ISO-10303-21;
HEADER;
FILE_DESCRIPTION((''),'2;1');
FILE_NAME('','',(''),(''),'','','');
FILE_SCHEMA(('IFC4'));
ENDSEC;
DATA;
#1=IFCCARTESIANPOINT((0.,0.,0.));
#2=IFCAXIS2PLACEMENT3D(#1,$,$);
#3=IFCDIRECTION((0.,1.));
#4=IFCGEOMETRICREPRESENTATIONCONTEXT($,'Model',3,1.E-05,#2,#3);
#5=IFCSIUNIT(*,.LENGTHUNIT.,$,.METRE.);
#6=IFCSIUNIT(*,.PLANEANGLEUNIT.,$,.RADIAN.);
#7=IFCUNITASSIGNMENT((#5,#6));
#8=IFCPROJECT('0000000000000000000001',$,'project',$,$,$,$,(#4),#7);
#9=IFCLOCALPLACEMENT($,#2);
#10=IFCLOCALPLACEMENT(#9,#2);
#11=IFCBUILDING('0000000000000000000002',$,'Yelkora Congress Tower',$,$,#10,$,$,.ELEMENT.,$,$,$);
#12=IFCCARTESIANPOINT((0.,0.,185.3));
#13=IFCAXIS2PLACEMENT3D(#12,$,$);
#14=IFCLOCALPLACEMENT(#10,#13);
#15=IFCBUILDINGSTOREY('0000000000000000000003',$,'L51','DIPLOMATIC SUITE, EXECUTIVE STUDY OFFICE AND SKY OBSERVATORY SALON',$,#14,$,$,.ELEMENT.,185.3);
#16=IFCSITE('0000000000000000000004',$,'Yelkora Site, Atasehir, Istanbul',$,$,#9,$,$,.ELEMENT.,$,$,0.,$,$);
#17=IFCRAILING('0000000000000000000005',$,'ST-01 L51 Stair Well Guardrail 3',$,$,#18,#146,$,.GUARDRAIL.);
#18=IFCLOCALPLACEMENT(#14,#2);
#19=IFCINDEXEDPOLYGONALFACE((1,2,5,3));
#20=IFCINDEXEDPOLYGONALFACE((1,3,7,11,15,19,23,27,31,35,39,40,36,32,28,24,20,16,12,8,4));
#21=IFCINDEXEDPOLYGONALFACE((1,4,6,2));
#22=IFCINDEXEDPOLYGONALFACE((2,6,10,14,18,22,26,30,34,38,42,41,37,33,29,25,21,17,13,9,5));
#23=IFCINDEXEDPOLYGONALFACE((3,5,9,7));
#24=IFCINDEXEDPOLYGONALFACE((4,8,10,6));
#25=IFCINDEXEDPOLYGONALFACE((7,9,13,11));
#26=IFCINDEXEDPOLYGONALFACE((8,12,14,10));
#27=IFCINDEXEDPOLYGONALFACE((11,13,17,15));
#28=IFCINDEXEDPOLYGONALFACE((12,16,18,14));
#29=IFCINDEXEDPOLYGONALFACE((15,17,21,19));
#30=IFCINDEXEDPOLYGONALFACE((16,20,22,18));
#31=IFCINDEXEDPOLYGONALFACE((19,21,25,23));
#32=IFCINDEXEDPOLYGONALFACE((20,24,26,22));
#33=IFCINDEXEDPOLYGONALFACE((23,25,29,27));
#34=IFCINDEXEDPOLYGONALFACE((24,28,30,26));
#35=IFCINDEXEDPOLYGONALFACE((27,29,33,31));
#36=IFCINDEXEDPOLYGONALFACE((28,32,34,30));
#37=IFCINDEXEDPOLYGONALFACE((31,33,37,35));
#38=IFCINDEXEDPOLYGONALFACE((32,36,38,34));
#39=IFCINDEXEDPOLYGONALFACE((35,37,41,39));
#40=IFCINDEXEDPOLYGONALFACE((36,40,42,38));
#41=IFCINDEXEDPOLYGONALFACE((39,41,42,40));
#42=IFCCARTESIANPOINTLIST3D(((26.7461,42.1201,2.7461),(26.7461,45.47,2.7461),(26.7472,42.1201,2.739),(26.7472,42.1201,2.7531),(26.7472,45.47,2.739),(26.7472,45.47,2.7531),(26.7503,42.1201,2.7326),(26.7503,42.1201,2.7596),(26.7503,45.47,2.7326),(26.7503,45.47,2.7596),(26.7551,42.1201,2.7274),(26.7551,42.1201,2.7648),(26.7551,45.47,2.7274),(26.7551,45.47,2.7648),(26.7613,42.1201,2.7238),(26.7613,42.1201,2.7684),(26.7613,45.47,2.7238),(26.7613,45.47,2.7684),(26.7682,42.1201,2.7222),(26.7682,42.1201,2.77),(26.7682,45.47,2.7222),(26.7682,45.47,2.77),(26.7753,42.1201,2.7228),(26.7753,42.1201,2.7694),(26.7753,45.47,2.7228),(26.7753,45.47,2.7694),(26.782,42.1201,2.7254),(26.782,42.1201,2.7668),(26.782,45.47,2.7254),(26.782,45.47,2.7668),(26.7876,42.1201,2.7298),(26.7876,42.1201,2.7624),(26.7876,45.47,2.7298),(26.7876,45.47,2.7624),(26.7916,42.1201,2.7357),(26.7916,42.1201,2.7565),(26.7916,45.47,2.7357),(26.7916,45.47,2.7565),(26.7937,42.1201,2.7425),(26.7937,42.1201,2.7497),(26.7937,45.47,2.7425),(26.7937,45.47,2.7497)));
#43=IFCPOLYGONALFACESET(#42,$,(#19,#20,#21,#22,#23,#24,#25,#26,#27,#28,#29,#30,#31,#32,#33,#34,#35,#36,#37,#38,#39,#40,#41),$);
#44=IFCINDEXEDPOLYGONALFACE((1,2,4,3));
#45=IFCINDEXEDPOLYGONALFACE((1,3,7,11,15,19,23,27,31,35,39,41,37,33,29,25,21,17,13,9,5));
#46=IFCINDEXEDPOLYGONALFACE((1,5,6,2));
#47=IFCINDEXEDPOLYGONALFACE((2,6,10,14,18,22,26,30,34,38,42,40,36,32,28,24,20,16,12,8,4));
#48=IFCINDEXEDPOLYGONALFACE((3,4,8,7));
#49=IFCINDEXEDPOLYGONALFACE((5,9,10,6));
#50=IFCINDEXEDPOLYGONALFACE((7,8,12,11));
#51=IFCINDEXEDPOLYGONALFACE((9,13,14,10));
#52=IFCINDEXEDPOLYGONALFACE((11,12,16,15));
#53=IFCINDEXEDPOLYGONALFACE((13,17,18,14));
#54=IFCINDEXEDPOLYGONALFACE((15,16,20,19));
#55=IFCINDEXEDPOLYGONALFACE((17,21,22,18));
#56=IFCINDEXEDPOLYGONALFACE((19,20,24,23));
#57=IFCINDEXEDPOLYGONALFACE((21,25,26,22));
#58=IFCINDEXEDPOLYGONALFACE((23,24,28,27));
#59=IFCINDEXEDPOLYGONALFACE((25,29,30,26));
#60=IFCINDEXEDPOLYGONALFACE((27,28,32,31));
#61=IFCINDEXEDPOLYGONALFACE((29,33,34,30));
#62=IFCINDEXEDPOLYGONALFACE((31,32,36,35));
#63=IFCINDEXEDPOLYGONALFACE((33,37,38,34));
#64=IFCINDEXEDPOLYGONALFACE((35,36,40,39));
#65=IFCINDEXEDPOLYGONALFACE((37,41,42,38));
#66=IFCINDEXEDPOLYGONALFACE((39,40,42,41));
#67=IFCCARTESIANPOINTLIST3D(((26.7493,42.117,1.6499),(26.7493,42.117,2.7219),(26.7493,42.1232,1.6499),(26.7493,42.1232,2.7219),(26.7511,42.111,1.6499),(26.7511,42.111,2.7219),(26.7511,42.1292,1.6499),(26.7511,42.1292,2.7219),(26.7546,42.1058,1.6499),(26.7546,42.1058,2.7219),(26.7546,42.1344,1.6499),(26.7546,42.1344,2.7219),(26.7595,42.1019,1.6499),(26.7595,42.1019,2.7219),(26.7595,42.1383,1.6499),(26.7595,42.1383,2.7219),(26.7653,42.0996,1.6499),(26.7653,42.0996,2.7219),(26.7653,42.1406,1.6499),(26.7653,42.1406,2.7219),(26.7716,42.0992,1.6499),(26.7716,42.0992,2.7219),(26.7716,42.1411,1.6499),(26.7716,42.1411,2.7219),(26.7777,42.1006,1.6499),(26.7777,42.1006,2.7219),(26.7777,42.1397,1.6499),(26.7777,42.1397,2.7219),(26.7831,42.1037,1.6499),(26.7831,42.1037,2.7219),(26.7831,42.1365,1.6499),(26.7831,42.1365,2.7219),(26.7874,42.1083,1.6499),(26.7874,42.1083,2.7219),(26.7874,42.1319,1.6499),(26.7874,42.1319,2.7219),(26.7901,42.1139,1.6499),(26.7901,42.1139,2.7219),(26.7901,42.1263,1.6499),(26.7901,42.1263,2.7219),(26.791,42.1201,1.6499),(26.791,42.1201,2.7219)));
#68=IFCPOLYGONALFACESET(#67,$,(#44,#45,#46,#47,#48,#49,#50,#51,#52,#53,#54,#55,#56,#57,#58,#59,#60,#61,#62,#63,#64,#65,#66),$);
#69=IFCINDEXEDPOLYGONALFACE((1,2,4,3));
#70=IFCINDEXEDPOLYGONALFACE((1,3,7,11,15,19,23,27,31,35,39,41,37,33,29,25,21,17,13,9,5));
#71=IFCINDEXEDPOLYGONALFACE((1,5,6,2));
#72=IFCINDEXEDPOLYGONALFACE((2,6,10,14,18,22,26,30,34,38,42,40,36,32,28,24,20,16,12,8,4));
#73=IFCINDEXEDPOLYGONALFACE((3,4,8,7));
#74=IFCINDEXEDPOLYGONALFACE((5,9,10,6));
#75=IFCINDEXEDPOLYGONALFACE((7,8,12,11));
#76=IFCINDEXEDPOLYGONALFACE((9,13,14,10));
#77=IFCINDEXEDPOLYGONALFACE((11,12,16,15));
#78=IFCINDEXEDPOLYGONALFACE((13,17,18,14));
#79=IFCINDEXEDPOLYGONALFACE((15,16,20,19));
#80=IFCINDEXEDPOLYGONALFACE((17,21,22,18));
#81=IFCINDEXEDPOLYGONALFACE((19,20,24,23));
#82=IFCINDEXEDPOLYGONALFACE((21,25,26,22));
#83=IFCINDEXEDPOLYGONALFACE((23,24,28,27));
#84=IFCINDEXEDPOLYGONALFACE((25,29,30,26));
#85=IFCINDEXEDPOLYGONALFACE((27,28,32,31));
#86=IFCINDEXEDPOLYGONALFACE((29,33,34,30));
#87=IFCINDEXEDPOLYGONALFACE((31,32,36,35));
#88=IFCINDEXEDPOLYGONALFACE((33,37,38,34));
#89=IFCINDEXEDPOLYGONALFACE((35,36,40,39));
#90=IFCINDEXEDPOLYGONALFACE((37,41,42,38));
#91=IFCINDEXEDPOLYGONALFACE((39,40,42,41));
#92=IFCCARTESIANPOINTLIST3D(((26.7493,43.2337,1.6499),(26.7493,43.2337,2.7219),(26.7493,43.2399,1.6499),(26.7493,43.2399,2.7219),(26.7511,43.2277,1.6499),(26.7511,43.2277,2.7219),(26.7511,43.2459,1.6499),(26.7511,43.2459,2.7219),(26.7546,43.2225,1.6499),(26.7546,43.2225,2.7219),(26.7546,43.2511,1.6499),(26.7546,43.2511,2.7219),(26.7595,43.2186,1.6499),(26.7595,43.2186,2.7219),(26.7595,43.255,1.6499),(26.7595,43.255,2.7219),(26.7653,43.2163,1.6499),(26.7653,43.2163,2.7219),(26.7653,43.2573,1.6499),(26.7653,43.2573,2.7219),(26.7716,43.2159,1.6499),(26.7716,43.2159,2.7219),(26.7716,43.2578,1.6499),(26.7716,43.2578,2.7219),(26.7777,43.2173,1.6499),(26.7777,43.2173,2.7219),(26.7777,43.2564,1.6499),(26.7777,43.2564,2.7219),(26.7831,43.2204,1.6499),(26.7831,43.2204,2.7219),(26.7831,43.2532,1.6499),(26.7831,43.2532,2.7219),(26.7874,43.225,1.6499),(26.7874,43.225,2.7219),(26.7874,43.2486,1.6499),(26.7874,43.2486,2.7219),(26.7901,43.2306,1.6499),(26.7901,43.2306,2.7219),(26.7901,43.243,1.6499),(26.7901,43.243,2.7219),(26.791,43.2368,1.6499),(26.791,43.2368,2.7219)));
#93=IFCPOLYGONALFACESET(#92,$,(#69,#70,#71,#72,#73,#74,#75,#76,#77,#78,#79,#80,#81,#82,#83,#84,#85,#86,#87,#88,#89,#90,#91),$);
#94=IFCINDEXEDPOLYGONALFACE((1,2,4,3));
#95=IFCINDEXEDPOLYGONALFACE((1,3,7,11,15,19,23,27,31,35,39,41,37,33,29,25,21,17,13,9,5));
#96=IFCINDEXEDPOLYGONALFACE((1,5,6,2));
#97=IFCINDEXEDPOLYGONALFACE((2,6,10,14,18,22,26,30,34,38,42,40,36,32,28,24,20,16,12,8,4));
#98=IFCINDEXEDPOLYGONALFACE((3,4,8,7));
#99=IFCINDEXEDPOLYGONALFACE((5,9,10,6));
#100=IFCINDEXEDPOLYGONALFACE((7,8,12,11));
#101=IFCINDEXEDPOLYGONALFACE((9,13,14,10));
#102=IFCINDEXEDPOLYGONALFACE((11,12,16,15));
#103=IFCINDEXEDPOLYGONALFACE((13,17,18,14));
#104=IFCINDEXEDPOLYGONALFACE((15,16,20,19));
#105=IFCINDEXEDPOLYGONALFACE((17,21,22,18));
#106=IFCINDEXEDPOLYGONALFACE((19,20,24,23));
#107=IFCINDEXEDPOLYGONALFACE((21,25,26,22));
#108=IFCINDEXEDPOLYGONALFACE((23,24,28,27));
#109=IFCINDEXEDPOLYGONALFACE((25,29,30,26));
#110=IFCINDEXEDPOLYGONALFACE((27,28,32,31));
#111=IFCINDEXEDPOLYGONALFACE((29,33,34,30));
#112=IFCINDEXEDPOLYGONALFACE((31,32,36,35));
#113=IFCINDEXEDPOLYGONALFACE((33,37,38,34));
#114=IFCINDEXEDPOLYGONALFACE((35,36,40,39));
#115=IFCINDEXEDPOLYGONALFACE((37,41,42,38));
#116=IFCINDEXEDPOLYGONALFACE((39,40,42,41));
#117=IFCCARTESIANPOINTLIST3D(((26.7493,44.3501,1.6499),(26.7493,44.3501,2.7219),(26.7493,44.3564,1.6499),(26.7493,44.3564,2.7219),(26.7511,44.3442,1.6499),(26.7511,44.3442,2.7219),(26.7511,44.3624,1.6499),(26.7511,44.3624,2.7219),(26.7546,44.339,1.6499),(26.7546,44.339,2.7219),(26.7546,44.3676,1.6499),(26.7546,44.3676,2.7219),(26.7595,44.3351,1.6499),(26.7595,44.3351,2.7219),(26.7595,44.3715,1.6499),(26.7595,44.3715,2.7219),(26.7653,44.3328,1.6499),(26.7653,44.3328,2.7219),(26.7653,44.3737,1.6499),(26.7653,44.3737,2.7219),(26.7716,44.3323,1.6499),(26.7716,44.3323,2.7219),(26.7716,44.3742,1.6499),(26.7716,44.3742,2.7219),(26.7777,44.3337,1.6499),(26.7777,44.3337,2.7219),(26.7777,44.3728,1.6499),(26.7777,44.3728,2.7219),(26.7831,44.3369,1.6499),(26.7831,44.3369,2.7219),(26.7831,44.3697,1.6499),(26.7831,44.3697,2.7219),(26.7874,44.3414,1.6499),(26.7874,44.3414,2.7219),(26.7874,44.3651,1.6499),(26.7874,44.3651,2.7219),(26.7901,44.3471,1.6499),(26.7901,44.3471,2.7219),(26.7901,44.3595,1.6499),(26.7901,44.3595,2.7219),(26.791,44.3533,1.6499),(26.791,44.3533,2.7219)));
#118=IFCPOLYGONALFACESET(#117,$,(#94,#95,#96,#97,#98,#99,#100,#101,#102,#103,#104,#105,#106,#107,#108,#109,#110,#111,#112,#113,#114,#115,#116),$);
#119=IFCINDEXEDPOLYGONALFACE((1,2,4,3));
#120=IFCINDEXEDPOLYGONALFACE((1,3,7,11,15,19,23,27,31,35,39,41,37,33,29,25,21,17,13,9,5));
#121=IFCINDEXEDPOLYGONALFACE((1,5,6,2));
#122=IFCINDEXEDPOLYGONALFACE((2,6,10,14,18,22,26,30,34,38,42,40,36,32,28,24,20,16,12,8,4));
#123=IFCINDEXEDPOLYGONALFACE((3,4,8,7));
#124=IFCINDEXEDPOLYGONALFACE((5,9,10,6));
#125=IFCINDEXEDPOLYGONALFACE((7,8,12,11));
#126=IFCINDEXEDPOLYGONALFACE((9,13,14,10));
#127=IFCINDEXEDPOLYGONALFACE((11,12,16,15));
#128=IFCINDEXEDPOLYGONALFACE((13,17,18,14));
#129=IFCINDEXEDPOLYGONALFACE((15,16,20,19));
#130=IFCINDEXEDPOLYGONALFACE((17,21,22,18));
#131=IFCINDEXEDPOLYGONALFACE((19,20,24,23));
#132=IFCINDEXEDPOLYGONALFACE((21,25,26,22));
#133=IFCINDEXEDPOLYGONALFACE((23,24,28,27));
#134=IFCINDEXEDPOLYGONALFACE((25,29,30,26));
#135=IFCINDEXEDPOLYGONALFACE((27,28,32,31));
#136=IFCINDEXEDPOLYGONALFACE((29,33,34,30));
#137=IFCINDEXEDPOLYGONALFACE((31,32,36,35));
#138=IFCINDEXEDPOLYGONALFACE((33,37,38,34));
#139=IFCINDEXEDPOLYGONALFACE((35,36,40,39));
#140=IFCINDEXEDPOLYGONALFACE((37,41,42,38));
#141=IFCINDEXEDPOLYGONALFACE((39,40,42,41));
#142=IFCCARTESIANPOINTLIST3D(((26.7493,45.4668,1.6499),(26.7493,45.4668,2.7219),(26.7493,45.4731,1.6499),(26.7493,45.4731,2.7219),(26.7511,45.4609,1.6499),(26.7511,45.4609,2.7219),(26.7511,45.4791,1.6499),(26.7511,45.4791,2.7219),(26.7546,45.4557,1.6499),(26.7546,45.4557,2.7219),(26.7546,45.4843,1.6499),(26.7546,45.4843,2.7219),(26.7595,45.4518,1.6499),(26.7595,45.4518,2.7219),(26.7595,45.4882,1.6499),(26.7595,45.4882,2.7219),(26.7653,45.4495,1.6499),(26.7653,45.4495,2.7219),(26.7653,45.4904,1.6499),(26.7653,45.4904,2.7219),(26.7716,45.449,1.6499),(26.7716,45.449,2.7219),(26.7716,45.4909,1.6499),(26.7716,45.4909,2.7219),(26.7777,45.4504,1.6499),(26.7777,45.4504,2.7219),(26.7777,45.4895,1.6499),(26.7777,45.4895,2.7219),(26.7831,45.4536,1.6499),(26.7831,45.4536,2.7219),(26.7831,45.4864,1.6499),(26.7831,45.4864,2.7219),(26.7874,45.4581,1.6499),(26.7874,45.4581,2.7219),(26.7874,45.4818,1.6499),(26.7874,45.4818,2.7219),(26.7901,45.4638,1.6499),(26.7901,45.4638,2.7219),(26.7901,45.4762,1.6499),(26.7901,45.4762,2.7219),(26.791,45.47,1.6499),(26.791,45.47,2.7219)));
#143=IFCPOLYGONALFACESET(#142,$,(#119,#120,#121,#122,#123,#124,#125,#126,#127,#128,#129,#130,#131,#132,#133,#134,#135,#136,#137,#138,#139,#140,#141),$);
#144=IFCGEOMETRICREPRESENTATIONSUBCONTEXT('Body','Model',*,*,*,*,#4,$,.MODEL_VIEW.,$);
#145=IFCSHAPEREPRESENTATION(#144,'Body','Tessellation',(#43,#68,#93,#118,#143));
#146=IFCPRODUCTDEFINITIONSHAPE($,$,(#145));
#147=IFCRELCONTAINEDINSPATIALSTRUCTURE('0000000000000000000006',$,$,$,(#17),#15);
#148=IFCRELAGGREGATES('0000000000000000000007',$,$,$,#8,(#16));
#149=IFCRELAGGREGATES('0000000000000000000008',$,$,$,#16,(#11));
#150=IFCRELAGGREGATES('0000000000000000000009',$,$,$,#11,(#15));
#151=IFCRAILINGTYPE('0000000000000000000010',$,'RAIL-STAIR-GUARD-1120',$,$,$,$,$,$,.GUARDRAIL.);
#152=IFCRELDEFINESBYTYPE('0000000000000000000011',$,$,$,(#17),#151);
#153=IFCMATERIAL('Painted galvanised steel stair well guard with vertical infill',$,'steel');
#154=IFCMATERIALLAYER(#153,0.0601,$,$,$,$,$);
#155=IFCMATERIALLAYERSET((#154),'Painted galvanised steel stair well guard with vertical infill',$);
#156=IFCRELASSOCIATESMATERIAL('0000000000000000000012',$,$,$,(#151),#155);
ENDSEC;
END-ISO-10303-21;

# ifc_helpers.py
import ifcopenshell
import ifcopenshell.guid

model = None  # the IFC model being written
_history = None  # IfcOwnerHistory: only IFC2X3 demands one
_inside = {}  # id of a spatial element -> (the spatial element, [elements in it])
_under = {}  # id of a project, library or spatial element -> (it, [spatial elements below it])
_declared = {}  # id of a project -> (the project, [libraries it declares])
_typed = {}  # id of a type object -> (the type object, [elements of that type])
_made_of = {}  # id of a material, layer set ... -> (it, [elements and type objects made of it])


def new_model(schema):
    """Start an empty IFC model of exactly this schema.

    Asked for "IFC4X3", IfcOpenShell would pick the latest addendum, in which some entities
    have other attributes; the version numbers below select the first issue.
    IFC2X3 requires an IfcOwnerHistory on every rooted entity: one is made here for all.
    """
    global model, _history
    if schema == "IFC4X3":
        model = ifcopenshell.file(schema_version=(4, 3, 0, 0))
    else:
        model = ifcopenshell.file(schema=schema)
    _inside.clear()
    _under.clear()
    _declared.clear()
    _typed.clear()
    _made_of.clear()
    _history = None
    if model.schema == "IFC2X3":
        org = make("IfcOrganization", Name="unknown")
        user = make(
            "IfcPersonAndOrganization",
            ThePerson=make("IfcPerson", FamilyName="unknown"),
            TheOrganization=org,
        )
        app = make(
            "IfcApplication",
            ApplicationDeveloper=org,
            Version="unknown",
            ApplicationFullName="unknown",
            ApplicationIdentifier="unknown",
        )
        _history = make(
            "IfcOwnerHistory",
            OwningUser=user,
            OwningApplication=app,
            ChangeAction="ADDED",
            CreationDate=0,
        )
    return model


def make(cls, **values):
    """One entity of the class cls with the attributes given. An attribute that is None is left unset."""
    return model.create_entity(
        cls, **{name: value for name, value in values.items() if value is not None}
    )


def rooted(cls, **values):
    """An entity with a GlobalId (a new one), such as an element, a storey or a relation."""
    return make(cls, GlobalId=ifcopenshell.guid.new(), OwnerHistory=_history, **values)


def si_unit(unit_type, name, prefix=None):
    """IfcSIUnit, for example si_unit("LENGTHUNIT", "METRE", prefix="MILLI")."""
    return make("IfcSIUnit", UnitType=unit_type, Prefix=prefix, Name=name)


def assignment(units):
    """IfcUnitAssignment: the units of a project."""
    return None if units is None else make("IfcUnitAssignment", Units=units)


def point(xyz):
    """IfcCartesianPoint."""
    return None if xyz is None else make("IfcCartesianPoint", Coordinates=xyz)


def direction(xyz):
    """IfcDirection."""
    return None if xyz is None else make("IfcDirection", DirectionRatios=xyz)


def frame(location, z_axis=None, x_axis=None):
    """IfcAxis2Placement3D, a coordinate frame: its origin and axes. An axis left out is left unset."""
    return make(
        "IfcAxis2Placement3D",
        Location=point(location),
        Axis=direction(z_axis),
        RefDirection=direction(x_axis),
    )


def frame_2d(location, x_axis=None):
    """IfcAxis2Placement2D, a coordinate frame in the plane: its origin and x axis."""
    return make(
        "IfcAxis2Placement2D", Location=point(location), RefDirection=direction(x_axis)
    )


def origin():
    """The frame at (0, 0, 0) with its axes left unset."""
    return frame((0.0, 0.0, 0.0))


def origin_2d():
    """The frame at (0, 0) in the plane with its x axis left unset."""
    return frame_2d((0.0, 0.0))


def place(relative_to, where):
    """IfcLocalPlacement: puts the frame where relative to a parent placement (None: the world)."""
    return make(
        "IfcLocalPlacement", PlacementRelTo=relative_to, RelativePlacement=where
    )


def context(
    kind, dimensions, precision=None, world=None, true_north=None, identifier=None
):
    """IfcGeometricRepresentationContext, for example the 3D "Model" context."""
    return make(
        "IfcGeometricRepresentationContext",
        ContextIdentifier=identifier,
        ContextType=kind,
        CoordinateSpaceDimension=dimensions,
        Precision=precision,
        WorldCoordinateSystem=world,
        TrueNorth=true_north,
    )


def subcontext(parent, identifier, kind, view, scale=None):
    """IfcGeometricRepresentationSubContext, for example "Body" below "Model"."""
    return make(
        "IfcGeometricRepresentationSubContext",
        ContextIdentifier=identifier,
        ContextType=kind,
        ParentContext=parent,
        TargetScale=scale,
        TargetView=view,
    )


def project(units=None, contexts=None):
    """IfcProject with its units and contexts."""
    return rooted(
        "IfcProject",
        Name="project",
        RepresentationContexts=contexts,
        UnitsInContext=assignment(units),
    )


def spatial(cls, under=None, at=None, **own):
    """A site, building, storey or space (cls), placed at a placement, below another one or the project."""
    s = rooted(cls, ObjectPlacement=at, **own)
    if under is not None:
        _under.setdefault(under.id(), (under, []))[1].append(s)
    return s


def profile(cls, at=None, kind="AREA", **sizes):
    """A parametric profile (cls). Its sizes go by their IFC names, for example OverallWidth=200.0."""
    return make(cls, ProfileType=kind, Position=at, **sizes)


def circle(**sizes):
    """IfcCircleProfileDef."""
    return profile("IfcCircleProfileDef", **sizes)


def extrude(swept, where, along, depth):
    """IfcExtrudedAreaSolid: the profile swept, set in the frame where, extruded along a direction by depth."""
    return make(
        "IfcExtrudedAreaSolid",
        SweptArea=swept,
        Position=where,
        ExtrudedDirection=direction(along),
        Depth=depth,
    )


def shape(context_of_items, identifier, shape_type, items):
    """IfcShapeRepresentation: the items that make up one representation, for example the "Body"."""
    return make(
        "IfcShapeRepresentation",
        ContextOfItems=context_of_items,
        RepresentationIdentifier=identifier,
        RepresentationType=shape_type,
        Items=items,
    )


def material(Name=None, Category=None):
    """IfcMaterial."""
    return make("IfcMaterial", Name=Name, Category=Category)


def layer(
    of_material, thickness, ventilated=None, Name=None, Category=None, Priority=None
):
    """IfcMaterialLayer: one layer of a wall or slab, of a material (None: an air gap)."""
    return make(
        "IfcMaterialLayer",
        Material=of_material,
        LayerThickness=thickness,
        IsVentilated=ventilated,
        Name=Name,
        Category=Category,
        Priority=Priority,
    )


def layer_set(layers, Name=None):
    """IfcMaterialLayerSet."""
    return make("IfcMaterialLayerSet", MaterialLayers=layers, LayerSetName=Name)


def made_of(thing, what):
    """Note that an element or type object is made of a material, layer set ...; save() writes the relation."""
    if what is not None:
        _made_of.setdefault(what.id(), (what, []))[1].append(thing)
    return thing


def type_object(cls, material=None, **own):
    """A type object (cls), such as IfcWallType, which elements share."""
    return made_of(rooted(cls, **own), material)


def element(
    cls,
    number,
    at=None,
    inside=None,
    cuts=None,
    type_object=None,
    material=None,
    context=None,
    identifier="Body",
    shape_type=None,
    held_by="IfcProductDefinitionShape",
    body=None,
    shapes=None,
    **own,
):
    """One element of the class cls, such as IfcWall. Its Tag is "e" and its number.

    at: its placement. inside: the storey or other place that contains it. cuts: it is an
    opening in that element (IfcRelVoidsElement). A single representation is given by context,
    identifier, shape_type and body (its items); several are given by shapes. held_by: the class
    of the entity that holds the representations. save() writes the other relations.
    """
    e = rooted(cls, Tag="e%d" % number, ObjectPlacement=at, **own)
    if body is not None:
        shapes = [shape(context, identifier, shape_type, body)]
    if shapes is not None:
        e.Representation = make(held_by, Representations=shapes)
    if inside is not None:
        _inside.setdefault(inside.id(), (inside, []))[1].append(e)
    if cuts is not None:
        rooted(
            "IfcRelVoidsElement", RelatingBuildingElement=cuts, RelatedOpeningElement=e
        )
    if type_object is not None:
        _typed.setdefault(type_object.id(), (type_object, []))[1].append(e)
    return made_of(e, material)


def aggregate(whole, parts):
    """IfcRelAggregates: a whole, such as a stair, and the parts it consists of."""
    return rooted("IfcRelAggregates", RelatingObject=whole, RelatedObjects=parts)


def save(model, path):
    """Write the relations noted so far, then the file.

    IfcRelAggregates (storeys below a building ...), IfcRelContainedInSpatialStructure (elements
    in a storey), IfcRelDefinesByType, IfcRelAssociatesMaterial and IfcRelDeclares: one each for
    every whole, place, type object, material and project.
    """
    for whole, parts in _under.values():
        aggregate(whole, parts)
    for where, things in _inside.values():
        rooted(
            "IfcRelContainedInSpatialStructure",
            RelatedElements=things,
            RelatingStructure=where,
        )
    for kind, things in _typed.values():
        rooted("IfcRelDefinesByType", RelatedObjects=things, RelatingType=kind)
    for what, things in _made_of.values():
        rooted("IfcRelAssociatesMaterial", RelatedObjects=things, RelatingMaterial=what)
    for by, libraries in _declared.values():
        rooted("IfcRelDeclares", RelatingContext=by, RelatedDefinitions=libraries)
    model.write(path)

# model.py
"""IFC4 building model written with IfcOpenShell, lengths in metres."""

from ifc_helpers import new_model, si_unit, direction, frame, origin, origin_2d, place, context, subcontext, project, spatial, circle, extrude, material, layer, layer_set, type_object, element, save


model = new_model("IFC4")

# Units and contexts
model_context = context("Model", 3, precision=1e-05, world=origin(), true_north=direction((0.0, 1.0)))
body_context = subcontext(model_context, "Body", "Model", "MODEL_VIEW")
ifc_project = project(units=[si_unit("LENGTHUNIT", "METRE"), si_unit("PLANEANGLEUNIT", "RADIAN")], contexts=[model_context])

# Site, building, storey
site_placement = place(None, origin())
site = spatial("IfcSite", under=ifc_project, at=site_placement, Name="Yelkora Site, Atasehir, Istanbul", CompositionType="ELEMENT", RefElevation=0.0)
building_placement = place(site_placement, origin())
building = spatial("IfcBuilding", under=site, at=building_placement, Name="Yelkora Congress Tower", CompositionType="ELEMENT")
storey_placement = place(building_placement, frame((0.0, 0.0, 185.3)))
storey = spatial("IfcBuildingStorey", under=building, at=storey_placement, Name="L51", Description="DIPLOMATIC SUITE, EXECUTIVE STUDY OFFICE AND SKY OBSERVATORY SALON", CompositionType="ELEMENT", Elevation=185.3)

# Railing
ifc_material_1 = material(Name="Painted galvanised steel stair well guard with vertical infill", Category="steel")
ifc_layer_1 = layer(ifc_material_1, 0.0601)
ifc_layer_set_1 = layer_set([ifc_layer_1], Name="Painted galvanised steel stair well guard with vertical infill")
railing_type = type_object("IfcRailingType", Name="RAIL-STAIR-GUARD-1120", PredefinedType="GUARDRAIL", material=ifc_layer_set_1)
for number, where, name in (
    (1, (26.77, 42.1201, 1.6499), "ST-01 L51 Stair Well Guardrail 3"),
):
    element("IfcRailing", number, at=place(storey_placement, frame(where)), inside=storey, type_object=railing_type, Name=name, PredefinedType="GUARDRAIL", context=body_context, shape_type="SweptSolid", body=[
        extrude(circle(Radius=0.0239, at=origin_2d()), frame((0.0, 0.0, 1.0962), z_axis=(0.0, 1.0, 0.0), x_axis=(-1.0, 0.0, 0.0)), (0.0, 0.0, 1.0), 3.3499),
        extrude(circle(Radius=0.021, at=origin_2d()), origin(), (0.0, 0.0, 1.0), 1.072),
        extrude(circle(Radius=0.021, at=origin_2d()), frame((0.0, 1.1167, 0.0)), (0.0, 0.0, 1.0), 1.072),
        extrude(circle(Radius=0.021, at=origin_2d()), frame((0.0, 2.2332, 0.0)), (0.0, 0.0, 1.0), 1.072),
        extrude(circle(Radius=0.021, at=origin_2d()), frame((0.0, 3.3499, 0.0)), (0.0, 0.0, 1.0), 1.072),
    ])

save(model, "model.ifc")
